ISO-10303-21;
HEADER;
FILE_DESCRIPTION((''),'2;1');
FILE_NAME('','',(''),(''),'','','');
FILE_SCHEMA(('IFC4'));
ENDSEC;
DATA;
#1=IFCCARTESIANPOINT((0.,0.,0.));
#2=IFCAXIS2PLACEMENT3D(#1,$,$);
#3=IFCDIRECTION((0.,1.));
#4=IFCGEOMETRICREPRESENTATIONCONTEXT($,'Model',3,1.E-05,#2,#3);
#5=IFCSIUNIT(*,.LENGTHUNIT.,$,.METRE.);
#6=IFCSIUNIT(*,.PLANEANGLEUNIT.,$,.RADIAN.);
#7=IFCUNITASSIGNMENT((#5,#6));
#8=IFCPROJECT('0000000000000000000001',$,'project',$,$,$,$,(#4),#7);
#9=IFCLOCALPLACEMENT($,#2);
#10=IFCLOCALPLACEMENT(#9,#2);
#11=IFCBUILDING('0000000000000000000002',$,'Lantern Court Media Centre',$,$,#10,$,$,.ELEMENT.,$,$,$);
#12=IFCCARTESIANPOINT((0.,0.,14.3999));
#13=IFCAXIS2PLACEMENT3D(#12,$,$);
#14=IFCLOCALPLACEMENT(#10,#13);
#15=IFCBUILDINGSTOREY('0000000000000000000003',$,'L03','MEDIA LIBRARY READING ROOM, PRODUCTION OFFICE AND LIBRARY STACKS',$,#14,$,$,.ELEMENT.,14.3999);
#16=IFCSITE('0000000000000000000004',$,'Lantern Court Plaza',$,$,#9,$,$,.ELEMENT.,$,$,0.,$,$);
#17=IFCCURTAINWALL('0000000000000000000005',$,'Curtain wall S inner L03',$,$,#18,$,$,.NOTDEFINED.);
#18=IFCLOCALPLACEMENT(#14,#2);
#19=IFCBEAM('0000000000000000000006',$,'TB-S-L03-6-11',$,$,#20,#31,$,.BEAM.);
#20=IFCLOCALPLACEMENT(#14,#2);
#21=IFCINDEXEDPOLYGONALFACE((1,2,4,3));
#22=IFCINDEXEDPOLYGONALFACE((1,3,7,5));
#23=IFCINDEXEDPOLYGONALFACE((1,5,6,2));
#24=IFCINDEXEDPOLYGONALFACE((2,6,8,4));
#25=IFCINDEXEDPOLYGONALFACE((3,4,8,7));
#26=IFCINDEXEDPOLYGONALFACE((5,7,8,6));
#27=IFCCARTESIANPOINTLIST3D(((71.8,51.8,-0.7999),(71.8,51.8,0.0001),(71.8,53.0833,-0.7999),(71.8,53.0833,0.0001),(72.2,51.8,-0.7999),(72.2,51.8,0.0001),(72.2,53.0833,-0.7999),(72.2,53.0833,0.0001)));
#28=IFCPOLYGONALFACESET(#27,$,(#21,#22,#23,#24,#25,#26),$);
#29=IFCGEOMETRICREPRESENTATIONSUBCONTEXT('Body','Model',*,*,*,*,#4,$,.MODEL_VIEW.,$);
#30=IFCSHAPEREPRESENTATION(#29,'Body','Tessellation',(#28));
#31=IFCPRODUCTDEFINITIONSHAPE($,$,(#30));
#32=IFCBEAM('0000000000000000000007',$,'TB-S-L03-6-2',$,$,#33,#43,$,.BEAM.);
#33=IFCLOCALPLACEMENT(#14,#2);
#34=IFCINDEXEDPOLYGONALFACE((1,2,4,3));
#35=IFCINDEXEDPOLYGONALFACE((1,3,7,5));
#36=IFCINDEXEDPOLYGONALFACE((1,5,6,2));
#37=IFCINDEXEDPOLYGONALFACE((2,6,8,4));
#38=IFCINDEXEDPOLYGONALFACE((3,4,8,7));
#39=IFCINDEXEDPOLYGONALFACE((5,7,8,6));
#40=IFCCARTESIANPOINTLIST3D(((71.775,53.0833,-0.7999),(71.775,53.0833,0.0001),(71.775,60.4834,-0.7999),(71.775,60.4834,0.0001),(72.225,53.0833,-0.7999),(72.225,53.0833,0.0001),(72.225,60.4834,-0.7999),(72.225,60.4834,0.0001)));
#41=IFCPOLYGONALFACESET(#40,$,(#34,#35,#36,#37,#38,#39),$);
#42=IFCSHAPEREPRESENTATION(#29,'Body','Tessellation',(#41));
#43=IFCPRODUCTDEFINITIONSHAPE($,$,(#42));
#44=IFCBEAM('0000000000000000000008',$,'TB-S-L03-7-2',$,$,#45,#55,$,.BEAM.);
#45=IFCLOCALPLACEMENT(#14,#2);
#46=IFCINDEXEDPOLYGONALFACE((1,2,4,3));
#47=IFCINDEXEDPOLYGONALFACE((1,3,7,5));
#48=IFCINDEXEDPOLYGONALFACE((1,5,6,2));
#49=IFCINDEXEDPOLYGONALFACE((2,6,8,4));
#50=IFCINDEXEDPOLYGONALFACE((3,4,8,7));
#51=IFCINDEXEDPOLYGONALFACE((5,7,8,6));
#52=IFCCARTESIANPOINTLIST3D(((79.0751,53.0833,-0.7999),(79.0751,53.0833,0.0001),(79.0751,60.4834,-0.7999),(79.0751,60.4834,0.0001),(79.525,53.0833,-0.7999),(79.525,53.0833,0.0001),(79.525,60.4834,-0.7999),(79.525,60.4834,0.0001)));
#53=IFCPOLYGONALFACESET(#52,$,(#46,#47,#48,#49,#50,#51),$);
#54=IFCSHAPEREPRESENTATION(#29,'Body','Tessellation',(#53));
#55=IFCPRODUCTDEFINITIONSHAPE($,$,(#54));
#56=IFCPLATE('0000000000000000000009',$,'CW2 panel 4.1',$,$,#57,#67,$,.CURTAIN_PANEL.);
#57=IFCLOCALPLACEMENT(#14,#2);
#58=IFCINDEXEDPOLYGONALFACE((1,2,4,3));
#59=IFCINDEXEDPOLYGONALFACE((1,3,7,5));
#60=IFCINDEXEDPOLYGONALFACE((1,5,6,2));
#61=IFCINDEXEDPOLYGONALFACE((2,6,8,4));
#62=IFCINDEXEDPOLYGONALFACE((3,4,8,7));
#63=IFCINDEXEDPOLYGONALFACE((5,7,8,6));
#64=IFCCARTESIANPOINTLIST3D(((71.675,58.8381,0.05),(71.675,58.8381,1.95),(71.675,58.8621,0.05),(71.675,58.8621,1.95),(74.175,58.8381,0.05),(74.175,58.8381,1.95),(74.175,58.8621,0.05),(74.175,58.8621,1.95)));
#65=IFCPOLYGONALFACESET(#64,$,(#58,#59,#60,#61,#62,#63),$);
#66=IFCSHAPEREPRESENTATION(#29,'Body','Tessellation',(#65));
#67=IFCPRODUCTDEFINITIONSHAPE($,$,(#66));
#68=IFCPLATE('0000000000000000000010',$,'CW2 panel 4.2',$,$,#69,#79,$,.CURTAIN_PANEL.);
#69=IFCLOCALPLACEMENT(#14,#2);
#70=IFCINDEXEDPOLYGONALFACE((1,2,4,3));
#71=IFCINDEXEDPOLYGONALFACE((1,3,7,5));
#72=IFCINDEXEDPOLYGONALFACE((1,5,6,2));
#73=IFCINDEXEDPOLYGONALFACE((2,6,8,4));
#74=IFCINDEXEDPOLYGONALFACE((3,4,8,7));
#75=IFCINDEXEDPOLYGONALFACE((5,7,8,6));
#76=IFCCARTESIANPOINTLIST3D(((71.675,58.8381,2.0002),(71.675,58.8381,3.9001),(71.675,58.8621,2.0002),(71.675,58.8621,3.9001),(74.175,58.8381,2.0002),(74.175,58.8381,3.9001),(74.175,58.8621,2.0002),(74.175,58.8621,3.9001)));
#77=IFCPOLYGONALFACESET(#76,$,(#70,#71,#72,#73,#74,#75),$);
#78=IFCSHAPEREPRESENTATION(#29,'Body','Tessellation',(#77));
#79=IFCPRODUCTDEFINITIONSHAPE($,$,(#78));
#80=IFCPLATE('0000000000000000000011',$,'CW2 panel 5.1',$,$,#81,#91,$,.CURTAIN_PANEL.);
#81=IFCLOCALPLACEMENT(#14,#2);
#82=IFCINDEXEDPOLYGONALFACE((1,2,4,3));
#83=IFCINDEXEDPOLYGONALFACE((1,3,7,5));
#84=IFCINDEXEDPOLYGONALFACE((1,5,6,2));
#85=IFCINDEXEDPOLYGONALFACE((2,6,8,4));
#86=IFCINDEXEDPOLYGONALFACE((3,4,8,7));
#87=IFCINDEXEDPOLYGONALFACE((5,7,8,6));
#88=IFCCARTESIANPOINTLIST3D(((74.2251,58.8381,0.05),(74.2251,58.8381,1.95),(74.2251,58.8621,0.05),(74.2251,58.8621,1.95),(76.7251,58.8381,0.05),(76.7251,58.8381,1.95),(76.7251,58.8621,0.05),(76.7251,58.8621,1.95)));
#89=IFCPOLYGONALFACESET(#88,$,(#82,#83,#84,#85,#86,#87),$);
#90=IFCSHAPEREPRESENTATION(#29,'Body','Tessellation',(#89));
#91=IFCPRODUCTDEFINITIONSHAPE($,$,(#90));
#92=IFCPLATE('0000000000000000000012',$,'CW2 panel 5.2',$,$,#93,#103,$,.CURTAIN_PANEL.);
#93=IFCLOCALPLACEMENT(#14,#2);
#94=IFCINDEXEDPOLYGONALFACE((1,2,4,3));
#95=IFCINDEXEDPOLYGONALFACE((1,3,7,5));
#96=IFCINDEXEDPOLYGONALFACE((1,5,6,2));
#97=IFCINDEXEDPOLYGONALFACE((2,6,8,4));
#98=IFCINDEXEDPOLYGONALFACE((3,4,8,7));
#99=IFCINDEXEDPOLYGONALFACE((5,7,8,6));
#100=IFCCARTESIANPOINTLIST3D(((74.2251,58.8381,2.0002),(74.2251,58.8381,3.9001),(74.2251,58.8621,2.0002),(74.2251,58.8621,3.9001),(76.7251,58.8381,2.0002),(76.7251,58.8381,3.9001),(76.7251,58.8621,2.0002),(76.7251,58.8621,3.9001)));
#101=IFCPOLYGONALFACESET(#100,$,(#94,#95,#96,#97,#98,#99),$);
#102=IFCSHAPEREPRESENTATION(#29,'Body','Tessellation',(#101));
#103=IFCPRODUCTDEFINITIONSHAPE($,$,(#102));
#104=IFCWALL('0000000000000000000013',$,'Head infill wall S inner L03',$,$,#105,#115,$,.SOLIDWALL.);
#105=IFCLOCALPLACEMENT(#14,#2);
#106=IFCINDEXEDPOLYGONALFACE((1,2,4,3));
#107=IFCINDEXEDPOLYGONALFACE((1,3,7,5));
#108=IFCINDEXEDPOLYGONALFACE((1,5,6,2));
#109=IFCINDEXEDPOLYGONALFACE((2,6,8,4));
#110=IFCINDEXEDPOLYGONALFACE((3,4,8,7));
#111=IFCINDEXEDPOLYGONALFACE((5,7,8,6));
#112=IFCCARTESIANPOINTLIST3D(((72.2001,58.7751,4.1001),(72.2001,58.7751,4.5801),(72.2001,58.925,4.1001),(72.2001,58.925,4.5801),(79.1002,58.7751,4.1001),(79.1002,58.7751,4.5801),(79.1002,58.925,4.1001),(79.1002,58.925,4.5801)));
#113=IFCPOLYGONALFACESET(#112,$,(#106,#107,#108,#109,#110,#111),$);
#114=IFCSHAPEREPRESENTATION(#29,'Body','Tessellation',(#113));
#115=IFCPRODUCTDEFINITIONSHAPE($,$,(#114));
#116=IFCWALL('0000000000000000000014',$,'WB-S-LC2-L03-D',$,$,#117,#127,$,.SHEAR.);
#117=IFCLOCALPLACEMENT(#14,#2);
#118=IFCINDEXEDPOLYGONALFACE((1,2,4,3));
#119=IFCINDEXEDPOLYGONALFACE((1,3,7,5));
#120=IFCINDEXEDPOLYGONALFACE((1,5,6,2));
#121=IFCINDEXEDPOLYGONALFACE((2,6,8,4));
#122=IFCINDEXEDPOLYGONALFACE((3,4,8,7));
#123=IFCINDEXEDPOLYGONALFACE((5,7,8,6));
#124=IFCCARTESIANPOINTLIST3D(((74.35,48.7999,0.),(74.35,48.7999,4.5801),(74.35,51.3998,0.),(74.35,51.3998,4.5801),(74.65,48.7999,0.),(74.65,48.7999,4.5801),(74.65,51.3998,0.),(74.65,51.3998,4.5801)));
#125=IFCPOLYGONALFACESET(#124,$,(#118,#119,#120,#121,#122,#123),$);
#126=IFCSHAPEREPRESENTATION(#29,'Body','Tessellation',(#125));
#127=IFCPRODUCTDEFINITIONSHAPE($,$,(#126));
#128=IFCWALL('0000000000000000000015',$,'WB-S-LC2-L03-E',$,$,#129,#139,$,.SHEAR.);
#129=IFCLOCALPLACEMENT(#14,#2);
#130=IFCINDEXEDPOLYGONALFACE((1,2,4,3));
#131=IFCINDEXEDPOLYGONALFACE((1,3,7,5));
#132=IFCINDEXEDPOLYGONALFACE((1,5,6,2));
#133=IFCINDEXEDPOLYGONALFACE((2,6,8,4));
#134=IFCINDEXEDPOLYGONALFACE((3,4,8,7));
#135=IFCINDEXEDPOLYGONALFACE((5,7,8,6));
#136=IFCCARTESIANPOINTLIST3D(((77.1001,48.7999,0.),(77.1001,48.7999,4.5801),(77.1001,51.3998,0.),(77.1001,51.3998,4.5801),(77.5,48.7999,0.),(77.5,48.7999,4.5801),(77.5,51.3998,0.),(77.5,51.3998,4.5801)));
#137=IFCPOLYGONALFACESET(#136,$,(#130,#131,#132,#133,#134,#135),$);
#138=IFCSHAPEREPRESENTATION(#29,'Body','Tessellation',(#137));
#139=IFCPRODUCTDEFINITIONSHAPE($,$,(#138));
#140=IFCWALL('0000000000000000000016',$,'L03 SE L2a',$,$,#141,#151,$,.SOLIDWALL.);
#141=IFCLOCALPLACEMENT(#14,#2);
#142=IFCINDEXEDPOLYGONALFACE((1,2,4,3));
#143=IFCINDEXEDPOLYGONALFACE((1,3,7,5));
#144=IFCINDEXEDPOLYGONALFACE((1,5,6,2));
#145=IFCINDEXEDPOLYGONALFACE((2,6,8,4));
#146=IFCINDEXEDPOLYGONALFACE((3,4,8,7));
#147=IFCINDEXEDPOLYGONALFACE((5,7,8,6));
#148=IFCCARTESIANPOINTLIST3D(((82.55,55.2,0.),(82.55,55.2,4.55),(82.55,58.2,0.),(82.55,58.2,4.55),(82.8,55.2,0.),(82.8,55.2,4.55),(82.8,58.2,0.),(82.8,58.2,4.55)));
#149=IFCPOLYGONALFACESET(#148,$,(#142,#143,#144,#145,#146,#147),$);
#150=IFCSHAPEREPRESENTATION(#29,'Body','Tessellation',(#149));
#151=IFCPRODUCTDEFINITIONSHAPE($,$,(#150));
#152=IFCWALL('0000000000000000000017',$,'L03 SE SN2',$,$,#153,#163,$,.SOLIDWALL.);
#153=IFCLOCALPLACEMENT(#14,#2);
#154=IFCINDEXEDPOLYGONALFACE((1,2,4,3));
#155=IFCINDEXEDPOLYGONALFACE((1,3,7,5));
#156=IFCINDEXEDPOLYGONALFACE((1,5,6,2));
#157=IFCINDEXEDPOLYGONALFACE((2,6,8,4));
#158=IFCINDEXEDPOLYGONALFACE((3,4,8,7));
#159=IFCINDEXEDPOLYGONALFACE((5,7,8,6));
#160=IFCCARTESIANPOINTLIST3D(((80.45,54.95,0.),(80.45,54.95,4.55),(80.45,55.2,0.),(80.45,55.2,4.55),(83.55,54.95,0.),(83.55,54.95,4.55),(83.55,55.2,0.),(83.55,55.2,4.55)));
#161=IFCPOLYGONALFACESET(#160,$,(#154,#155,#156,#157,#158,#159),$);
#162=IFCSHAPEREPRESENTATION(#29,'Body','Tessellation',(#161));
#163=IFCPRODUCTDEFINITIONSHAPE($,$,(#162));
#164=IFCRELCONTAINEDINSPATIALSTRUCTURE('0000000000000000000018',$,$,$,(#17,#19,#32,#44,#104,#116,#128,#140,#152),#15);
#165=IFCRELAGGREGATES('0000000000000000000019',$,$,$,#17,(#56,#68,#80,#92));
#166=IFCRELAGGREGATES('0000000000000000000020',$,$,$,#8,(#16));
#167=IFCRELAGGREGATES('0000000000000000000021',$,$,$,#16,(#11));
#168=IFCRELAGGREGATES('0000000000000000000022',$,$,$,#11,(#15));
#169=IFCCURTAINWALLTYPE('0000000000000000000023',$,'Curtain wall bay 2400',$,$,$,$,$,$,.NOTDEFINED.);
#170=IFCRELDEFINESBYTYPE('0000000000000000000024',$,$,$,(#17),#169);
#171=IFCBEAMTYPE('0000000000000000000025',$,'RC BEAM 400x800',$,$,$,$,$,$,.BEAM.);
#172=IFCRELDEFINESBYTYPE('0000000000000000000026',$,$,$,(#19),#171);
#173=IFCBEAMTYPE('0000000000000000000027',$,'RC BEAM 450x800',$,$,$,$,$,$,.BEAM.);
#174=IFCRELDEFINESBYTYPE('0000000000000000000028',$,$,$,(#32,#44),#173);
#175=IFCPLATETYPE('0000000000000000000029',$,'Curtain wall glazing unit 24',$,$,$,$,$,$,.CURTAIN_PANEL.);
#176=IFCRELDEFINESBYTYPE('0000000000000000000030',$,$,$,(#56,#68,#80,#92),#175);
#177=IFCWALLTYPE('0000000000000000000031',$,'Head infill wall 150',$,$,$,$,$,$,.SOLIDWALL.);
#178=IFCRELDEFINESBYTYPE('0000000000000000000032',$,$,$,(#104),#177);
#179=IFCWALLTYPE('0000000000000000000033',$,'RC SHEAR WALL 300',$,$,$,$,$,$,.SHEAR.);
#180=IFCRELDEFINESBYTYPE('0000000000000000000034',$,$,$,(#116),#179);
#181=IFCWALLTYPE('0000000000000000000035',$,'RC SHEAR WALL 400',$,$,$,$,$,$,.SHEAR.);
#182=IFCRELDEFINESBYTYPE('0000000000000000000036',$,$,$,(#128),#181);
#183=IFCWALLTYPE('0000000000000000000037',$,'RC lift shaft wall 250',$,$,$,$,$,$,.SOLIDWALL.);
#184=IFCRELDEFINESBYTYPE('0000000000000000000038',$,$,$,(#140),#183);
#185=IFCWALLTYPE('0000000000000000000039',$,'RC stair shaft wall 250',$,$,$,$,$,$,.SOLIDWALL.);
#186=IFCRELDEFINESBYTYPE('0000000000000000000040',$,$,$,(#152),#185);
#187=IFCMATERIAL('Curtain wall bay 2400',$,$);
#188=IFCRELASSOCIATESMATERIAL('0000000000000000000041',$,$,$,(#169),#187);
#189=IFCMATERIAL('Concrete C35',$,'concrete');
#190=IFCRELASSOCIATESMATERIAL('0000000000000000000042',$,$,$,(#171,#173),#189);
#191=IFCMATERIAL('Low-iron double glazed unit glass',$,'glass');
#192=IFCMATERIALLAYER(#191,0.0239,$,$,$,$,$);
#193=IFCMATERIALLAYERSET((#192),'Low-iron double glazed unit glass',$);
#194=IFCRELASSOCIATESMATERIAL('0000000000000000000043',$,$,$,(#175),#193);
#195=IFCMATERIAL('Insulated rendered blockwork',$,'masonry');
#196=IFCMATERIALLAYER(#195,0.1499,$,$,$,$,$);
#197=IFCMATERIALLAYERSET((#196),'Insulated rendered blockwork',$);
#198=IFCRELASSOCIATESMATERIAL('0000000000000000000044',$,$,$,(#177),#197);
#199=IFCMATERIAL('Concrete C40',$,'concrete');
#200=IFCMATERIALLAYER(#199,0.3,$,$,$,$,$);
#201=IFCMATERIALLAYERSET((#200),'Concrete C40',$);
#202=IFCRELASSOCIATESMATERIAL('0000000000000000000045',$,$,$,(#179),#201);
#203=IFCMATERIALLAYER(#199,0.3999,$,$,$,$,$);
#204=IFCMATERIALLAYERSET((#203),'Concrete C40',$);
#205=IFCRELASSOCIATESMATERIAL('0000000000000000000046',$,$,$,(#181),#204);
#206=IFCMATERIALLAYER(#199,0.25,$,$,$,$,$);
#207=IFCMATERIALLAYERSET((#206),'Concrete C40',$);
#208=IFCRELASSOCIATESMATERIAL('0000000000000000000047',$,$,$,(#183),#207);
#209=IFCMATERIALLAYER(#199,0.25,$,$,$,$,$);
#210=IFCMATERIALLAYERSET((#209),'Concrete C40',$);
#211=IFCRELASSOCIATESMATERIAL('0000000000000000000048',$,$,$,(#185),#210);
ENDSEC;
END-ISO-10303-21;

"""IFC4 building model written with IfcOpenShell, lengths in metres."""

from ifc_helpers import new_model, si_unit, direction, frame, frame_2d, origin, origin_2d, place, context, subcontext, project, spatial, rectangle, extrude, material, layer, layer_set, material_profile, profile_set, type_object, element, aggregate, save


model = new_model("IFC4")

# Units and contexts
model_context = context("Model", 3, precision=1e-05, world=origin(), true_north=direction((0.0, 1.0)))
body_context = subcontext(model_context, "Body", "Model", "MODEL_VIEW")
ifc_project = project(units=[si_unit("LENGTHUNIT", "METRE"), si_unit("PLANEANGLEUNIT", "RADIAN")], contexts=[model_context])

# Site, building, storey
site_placement = place(None, origin())
site = spatial("IfcSite", under=ifc_project, at=site_placement, Name="Lantern Court Plaza", CompositionType="ELEMENT", RefElevation=0.0)
building_placement = place(site_placement, origin())
building = spatial("IfcBuilding", under=site, at=building_placement, Name="Lantern Court Media Centre", CompositionType="ELEMENT")
storey_placement = place(building_placement, frame((0.0, 0.0, 14.3999)))
storey = spatial("IfcBuildingStorey", under=building, at=storey_placement, Name="L03", Description="MEDIA LIBRARY READING ROOM, PRODUCTION OFFICE AND LIBRARY STACKS", CompositionType="ELEMENT", Elevation=14.3999)

# Shared definitions
ifc_material_1 = material(Name="Concrete C35", Category="concrete")

# Curtain wall
ifc_material_2 = material(Name="Curtain wall bay 2400")
curtain_wall_type = type_object("IfcCurtainWallType", Name="Curtain wall bay 2400", PredefinedType="NOTDEFINED", material=ifc_material_2)
curtain_wall_placement = place(storey_placement, origin())
curtain_wall = element("IfcCurtainWall", 1, at=curtain_wall_placement, inside=storey, type_object=curtain_wall_type, Name="Curtain wall S inner L03", PredefinedType="NOTDEFINED")

# Beams
ifc_material_profile_1 = material_profile(ifc_material_1, rectangle(XDim=0.3999, YDim=0.8, at=origin_2d()), Name="RC 400x800")
ifc_profile_set_1 = profile_set([ifc_material_profile_1], Name="Concrete C35")
beam_type_1 = type_object("IfcBeamType", Name="RC BEAM 400x800", PredefinedType="BEAM", material=ifc_profile_set_1)
beam_1_placement = place(storey_placement, frame((72.0, 51.8, -0.3999), z_axis=(0.0, 1.0, 0.0), x_axis=(-1.0, 0.0, 0.0)))
element("IfcBeam", 2, at=beam_1_placement, inside=storey, type_object=beam_type_1, Name="TB-S-L03-6-11", PredefinedType="BEAM", context=body_context, shape_type="SweptSolid", body=[
    extrude(rectangle(XDim=0.3999, YDim=0.8, at=origin_2d()), origin(), (0.0, 0.0, 1.0), 1.2832),
])
ifc_material_profile_2 = material_profile(ifc_material_1, rectangle(XDim=0.45, YDim=0.8, at=origin_2d()), Name="RC 450x800")
ifc_profile_set_2 = profile_set([ifc_material_profile_2], Name="Concrete C35")
beam_type_2 = type_object("IfcBeamType", Name="RC BEAM 450x800", PredefinedType="BEAM", material=ifc_profile_set_2)
for number, where, z_axis, x_axis, name in (
    (3, (72.0, 53.0833, -0.3999), (0.0, 1.0, 0.0), (-1.0, 0.0, 0.0), "TB-S-L03-6-2"),
    (4, (79.3, 53.0833, -0.3999), (0.0, 1.0, 0.0), (-1.0, 0.0, 0.0), "TB-S-L03-7-2"),
):
    element("IfcBeam", number, at=place(storey_placement, frame(where, z_axis=z_axis, x_axis=x_axis)), inside=storey, type_object=beam_type_2, Name=name, PredefinedType="BEAM", context=body_context, shape_type="SweptSolid", body=[
        extrude(rectangle(XDim=0.45, YDim=0.8, at=origin_2d()), origin(), (0.0, 0.0, 1.0), 7.4001),
    ])

# Plates
ifc_material_3 = material(Name="Low-iron double glazed unit glass", Category="glass")
ifc_layer_1 = layer(ifc_material_3, 0.0239)
ifc_layer_set_1 = layer_set([ifc_layer_1], Name="Low-iron double glazed unit glass")
plate_type = type_object("IfcPlateType", Name="Curtain wall glazing unit 24", PredefinedType="CURTAIN_PANEL", material=ifc_layer_set_1)
plate_1_placement = place(storey_placement, frame((72.925, 58.8501, 0.05), z_axis=(0.0, 0.0, 1.0), x_axis=(1.0, 0.0, 0.0)))
plate_1 = element("IfcPlate", 5, at=plate_1_placement, type_object=plate_type, Name="CW2 panel 4.1", PredefinedType="CURTAIN_PANEL", context=body_context, shape_type="SweptSolid", body=[
    extrude(rectangle(XDim=2.5, YDim=0.0239, at=origin_2d()), origin(), (0.0, 0.0, 1.0), 1.8999),
])
plate_2_placement = place(storey_placement, frame((72.925, 58.8501, 2.0002), z_axis=(0.0, 0.0, 1.0), x_axis=(1.0, 0.0, 0.0)))
plate_2 = element("IfcPlate", 6, at=plate_2_placement, type_object=plate_type, Name="CW2 panel 4.2", PredefinedType="CURTAIN_PANEL", context=body_context, shape_type="SweptSolid", body=[
    extrude(rectangle(XDim=2.5, YDim=0.0239, at=origin_2d()), origin(), (0.0, 0.0, 1.0), 1.8999),
])
plate_3_placement = place(storey_placement, frame((75.4751, 58.8501, 0.05), z_axis=(0.0, 0.0, 1.0), x_axis=(1.0, 0.0, 0.0)))
plate_3 = element("IfcPlate", 7, at=plate_3_placement, type_object=plate_type, Name="CW2 panel 5.1", PredefinedType="CURTAIN_PANEL", context=body_context, shape_type="SweptSolid", body=[
    extrude(rectangle(XDim=2.5, YDim=0.0239, at=origin_2d()), origin(), (0.0, 0.0, 1.0), 1.8999),
])
plate_4_placement = place(storey_placement, frame((75.4751, 58.8501, 2.0002), z_axis=(0.0, 0.0, 1.0), x_axis=(1.0, 0.0, 0.0)))
plate_4 = element("IfcPlate", 8, at=plate_4_placement, type_object=plate_type, Name="CW2 panel 5.2", PredefinedType="CURTAIN_PANEL", context=body_context, shape_type="SweptSolid", body=[
    extrude(rectangle(XDim=2.5, YDim=0.0239, at=origin_2d()), origin(), (0.0, 0.0, 1.0), 1.8999),
])
aggregate(curtain_wall, [plate_1, plate_2, plate_3, plate_4])

# Walls
ifc_material_4 = material(Name="Insulated rendered blockwork", Category="masonry")
ifc_layer_2 = layer(ifc_material_4, 0.1499)
ifc_layer_set_2 = layer_set([ifc_layer_2], Name="Insulated rendered blockwork")
wall_type_1 = type_object("IfcWallType", Name="Head infill wall 150", PredefinedType="SOLIDWALL", material=ifc_layer_set_2)
wall_1_placement = place(storey_placement, frame((72.2, 58.8501, 4.1001), z_axis=(0.0, 0.0, 1.0), x_axis=(1.0, 0.0, 0.0)))
element("IfcWall", 9, at=wall_1_placement, inside=storey, type_object=wall_type_1, Name="Head infill wall S inner L03", PredefinedType="SOLIDWALL", context=body_context, shape_type="SweptSolid", body=[
    extrude(rectangle(XDim=6.9001, YDim=0.1499, at=frame_2d((3.4502, 0.0))), origin(), (0.0, 0.0, 1.0), 0.48),
])
ifc_material_5 = material(Name="Concrete C40", Category="concrete")
ifc_layer_3 = layer(ifc_material_5, 0.3)
ifc_layer_set_3 = layer_set([ifc_layer_3], Name="Concrete C40")
wall_type_2 = type_object("IfcWallType", Name="RC SHEAR WALL 300", PredefinedType="SHEAR", material=ifc_layer_set_3)
wall_2_placement = place(storey_placement, frame((74.5, 48.8, 0.0), z_axis=(0.0, 0.0, 1.0), x_axis=(0.0, 1.0, 0.0)))
element("IfcWall", 10, at=wall_2_placement, inside=storey, type_object=wall_type_2, Name="WB-S-LC2-L03-D", PredefinedType="SHEAR", context=body_context, shape_type="SweptSolid", body=[
    extrude(rectangle(XDim=2.5999, YDim=0.3, at=frame_2d((1.2998, 0.0))), origin(), (0.0, 0.0, 1.0), 4.5801),
])
ifc_layer_4 = layer(ifc_material_5, 0.3999)
ifc_layer_set_4 = layer_set([ifc_layer_4], Name="Concrete C40")
wall_type_3 = type_object("IfcWallType", Name="RC SHEAR WALL 400", PredefinedType="SHEAR", material=ifc_layer_set_4)
wall_3_placement = place(storey_placement, frame((77.3, 48.8, 0.0), z_axis=(0.0, 0.0, 1.0), x_axis=(0.0, 1.0, 0.0)))
element("IfcWall", 11, at=wall_3_placement, inside=storey, type_object=wall_type_3, Name="WB-S-LC2-L03-E", PredefinedType="SHEAR", context=body_context, shape_type="SweptSolid", body=[
    extrude(rectangle(XDim=2.5999, YDim=0.3999, at=frame_2d((1.2998, 0.0))), origin(), (0.0, 0.0, 1.0), 4.5801),
])
ifc_layer_5 = layer(ifc_material_5, 0.25)
ifc_layer_set_5 = layer_set([ifc_layer_5], Name="Concrete C40")
wall_type_4 = type_object("IfcWallType", Name="RC lift shaft wall 250", PredefinedType="SOLIDWALL", material=ifc_layer_set_5)
wall_4_placement = place(storey_placement, frame((82.675, 55.2, 0.0), z_axis=(0.0, 0.0, 1.0), x_axis=(0.0, 1.0, 0.0)))
element("IfcWall", 12, at=wall_4_placement, inside=storey, type_object=wall_type_4, Name="L03 SE L2a", PredefinedType="SOLIDWALL", context=body_context, shape_type="SweptSolid", body=[
    extrude(rectangle(XDim=3.0, YDim=0.25, at=frame_2d((1.5, 0.0))), origin(), (0.0, 0.0, 1.0), 4.55),
])
ifc_layer_6 = layer(ifc_material_5, 0.25)
ifc_layer_set_6 = layer_set([ifc_layer_6], Name="Concrete C40")
wall_type_5 = type_object("IfcWallType", Name="RC stair shaft wall 250", PredefinedType="SOLIDWALL", material=ifc_layer_set_6)
wall_5_placement = place(storey_placement, frame((83.55, 55.075, 0.0), z_axis=(0.0, 0.0, 1.0), x_axis=(-1.0, 0.0, 0.0)))
element("IfcWall", 13, at=wall_5_placement, inside=storey, type_object=wall_type_5, Name="L03 SE SN2", PredefinedType="SOLIDWALL", context=body_context, shape_type="SweptSolid", body=[
    extrude(rectangle(XDim=3.1001, YDim=0.25, at=frame_2d((1.55, 0.0))), origin(), (0.0, 0.0, 1.0), 4.55),
])

save(model, "model.ifc")
